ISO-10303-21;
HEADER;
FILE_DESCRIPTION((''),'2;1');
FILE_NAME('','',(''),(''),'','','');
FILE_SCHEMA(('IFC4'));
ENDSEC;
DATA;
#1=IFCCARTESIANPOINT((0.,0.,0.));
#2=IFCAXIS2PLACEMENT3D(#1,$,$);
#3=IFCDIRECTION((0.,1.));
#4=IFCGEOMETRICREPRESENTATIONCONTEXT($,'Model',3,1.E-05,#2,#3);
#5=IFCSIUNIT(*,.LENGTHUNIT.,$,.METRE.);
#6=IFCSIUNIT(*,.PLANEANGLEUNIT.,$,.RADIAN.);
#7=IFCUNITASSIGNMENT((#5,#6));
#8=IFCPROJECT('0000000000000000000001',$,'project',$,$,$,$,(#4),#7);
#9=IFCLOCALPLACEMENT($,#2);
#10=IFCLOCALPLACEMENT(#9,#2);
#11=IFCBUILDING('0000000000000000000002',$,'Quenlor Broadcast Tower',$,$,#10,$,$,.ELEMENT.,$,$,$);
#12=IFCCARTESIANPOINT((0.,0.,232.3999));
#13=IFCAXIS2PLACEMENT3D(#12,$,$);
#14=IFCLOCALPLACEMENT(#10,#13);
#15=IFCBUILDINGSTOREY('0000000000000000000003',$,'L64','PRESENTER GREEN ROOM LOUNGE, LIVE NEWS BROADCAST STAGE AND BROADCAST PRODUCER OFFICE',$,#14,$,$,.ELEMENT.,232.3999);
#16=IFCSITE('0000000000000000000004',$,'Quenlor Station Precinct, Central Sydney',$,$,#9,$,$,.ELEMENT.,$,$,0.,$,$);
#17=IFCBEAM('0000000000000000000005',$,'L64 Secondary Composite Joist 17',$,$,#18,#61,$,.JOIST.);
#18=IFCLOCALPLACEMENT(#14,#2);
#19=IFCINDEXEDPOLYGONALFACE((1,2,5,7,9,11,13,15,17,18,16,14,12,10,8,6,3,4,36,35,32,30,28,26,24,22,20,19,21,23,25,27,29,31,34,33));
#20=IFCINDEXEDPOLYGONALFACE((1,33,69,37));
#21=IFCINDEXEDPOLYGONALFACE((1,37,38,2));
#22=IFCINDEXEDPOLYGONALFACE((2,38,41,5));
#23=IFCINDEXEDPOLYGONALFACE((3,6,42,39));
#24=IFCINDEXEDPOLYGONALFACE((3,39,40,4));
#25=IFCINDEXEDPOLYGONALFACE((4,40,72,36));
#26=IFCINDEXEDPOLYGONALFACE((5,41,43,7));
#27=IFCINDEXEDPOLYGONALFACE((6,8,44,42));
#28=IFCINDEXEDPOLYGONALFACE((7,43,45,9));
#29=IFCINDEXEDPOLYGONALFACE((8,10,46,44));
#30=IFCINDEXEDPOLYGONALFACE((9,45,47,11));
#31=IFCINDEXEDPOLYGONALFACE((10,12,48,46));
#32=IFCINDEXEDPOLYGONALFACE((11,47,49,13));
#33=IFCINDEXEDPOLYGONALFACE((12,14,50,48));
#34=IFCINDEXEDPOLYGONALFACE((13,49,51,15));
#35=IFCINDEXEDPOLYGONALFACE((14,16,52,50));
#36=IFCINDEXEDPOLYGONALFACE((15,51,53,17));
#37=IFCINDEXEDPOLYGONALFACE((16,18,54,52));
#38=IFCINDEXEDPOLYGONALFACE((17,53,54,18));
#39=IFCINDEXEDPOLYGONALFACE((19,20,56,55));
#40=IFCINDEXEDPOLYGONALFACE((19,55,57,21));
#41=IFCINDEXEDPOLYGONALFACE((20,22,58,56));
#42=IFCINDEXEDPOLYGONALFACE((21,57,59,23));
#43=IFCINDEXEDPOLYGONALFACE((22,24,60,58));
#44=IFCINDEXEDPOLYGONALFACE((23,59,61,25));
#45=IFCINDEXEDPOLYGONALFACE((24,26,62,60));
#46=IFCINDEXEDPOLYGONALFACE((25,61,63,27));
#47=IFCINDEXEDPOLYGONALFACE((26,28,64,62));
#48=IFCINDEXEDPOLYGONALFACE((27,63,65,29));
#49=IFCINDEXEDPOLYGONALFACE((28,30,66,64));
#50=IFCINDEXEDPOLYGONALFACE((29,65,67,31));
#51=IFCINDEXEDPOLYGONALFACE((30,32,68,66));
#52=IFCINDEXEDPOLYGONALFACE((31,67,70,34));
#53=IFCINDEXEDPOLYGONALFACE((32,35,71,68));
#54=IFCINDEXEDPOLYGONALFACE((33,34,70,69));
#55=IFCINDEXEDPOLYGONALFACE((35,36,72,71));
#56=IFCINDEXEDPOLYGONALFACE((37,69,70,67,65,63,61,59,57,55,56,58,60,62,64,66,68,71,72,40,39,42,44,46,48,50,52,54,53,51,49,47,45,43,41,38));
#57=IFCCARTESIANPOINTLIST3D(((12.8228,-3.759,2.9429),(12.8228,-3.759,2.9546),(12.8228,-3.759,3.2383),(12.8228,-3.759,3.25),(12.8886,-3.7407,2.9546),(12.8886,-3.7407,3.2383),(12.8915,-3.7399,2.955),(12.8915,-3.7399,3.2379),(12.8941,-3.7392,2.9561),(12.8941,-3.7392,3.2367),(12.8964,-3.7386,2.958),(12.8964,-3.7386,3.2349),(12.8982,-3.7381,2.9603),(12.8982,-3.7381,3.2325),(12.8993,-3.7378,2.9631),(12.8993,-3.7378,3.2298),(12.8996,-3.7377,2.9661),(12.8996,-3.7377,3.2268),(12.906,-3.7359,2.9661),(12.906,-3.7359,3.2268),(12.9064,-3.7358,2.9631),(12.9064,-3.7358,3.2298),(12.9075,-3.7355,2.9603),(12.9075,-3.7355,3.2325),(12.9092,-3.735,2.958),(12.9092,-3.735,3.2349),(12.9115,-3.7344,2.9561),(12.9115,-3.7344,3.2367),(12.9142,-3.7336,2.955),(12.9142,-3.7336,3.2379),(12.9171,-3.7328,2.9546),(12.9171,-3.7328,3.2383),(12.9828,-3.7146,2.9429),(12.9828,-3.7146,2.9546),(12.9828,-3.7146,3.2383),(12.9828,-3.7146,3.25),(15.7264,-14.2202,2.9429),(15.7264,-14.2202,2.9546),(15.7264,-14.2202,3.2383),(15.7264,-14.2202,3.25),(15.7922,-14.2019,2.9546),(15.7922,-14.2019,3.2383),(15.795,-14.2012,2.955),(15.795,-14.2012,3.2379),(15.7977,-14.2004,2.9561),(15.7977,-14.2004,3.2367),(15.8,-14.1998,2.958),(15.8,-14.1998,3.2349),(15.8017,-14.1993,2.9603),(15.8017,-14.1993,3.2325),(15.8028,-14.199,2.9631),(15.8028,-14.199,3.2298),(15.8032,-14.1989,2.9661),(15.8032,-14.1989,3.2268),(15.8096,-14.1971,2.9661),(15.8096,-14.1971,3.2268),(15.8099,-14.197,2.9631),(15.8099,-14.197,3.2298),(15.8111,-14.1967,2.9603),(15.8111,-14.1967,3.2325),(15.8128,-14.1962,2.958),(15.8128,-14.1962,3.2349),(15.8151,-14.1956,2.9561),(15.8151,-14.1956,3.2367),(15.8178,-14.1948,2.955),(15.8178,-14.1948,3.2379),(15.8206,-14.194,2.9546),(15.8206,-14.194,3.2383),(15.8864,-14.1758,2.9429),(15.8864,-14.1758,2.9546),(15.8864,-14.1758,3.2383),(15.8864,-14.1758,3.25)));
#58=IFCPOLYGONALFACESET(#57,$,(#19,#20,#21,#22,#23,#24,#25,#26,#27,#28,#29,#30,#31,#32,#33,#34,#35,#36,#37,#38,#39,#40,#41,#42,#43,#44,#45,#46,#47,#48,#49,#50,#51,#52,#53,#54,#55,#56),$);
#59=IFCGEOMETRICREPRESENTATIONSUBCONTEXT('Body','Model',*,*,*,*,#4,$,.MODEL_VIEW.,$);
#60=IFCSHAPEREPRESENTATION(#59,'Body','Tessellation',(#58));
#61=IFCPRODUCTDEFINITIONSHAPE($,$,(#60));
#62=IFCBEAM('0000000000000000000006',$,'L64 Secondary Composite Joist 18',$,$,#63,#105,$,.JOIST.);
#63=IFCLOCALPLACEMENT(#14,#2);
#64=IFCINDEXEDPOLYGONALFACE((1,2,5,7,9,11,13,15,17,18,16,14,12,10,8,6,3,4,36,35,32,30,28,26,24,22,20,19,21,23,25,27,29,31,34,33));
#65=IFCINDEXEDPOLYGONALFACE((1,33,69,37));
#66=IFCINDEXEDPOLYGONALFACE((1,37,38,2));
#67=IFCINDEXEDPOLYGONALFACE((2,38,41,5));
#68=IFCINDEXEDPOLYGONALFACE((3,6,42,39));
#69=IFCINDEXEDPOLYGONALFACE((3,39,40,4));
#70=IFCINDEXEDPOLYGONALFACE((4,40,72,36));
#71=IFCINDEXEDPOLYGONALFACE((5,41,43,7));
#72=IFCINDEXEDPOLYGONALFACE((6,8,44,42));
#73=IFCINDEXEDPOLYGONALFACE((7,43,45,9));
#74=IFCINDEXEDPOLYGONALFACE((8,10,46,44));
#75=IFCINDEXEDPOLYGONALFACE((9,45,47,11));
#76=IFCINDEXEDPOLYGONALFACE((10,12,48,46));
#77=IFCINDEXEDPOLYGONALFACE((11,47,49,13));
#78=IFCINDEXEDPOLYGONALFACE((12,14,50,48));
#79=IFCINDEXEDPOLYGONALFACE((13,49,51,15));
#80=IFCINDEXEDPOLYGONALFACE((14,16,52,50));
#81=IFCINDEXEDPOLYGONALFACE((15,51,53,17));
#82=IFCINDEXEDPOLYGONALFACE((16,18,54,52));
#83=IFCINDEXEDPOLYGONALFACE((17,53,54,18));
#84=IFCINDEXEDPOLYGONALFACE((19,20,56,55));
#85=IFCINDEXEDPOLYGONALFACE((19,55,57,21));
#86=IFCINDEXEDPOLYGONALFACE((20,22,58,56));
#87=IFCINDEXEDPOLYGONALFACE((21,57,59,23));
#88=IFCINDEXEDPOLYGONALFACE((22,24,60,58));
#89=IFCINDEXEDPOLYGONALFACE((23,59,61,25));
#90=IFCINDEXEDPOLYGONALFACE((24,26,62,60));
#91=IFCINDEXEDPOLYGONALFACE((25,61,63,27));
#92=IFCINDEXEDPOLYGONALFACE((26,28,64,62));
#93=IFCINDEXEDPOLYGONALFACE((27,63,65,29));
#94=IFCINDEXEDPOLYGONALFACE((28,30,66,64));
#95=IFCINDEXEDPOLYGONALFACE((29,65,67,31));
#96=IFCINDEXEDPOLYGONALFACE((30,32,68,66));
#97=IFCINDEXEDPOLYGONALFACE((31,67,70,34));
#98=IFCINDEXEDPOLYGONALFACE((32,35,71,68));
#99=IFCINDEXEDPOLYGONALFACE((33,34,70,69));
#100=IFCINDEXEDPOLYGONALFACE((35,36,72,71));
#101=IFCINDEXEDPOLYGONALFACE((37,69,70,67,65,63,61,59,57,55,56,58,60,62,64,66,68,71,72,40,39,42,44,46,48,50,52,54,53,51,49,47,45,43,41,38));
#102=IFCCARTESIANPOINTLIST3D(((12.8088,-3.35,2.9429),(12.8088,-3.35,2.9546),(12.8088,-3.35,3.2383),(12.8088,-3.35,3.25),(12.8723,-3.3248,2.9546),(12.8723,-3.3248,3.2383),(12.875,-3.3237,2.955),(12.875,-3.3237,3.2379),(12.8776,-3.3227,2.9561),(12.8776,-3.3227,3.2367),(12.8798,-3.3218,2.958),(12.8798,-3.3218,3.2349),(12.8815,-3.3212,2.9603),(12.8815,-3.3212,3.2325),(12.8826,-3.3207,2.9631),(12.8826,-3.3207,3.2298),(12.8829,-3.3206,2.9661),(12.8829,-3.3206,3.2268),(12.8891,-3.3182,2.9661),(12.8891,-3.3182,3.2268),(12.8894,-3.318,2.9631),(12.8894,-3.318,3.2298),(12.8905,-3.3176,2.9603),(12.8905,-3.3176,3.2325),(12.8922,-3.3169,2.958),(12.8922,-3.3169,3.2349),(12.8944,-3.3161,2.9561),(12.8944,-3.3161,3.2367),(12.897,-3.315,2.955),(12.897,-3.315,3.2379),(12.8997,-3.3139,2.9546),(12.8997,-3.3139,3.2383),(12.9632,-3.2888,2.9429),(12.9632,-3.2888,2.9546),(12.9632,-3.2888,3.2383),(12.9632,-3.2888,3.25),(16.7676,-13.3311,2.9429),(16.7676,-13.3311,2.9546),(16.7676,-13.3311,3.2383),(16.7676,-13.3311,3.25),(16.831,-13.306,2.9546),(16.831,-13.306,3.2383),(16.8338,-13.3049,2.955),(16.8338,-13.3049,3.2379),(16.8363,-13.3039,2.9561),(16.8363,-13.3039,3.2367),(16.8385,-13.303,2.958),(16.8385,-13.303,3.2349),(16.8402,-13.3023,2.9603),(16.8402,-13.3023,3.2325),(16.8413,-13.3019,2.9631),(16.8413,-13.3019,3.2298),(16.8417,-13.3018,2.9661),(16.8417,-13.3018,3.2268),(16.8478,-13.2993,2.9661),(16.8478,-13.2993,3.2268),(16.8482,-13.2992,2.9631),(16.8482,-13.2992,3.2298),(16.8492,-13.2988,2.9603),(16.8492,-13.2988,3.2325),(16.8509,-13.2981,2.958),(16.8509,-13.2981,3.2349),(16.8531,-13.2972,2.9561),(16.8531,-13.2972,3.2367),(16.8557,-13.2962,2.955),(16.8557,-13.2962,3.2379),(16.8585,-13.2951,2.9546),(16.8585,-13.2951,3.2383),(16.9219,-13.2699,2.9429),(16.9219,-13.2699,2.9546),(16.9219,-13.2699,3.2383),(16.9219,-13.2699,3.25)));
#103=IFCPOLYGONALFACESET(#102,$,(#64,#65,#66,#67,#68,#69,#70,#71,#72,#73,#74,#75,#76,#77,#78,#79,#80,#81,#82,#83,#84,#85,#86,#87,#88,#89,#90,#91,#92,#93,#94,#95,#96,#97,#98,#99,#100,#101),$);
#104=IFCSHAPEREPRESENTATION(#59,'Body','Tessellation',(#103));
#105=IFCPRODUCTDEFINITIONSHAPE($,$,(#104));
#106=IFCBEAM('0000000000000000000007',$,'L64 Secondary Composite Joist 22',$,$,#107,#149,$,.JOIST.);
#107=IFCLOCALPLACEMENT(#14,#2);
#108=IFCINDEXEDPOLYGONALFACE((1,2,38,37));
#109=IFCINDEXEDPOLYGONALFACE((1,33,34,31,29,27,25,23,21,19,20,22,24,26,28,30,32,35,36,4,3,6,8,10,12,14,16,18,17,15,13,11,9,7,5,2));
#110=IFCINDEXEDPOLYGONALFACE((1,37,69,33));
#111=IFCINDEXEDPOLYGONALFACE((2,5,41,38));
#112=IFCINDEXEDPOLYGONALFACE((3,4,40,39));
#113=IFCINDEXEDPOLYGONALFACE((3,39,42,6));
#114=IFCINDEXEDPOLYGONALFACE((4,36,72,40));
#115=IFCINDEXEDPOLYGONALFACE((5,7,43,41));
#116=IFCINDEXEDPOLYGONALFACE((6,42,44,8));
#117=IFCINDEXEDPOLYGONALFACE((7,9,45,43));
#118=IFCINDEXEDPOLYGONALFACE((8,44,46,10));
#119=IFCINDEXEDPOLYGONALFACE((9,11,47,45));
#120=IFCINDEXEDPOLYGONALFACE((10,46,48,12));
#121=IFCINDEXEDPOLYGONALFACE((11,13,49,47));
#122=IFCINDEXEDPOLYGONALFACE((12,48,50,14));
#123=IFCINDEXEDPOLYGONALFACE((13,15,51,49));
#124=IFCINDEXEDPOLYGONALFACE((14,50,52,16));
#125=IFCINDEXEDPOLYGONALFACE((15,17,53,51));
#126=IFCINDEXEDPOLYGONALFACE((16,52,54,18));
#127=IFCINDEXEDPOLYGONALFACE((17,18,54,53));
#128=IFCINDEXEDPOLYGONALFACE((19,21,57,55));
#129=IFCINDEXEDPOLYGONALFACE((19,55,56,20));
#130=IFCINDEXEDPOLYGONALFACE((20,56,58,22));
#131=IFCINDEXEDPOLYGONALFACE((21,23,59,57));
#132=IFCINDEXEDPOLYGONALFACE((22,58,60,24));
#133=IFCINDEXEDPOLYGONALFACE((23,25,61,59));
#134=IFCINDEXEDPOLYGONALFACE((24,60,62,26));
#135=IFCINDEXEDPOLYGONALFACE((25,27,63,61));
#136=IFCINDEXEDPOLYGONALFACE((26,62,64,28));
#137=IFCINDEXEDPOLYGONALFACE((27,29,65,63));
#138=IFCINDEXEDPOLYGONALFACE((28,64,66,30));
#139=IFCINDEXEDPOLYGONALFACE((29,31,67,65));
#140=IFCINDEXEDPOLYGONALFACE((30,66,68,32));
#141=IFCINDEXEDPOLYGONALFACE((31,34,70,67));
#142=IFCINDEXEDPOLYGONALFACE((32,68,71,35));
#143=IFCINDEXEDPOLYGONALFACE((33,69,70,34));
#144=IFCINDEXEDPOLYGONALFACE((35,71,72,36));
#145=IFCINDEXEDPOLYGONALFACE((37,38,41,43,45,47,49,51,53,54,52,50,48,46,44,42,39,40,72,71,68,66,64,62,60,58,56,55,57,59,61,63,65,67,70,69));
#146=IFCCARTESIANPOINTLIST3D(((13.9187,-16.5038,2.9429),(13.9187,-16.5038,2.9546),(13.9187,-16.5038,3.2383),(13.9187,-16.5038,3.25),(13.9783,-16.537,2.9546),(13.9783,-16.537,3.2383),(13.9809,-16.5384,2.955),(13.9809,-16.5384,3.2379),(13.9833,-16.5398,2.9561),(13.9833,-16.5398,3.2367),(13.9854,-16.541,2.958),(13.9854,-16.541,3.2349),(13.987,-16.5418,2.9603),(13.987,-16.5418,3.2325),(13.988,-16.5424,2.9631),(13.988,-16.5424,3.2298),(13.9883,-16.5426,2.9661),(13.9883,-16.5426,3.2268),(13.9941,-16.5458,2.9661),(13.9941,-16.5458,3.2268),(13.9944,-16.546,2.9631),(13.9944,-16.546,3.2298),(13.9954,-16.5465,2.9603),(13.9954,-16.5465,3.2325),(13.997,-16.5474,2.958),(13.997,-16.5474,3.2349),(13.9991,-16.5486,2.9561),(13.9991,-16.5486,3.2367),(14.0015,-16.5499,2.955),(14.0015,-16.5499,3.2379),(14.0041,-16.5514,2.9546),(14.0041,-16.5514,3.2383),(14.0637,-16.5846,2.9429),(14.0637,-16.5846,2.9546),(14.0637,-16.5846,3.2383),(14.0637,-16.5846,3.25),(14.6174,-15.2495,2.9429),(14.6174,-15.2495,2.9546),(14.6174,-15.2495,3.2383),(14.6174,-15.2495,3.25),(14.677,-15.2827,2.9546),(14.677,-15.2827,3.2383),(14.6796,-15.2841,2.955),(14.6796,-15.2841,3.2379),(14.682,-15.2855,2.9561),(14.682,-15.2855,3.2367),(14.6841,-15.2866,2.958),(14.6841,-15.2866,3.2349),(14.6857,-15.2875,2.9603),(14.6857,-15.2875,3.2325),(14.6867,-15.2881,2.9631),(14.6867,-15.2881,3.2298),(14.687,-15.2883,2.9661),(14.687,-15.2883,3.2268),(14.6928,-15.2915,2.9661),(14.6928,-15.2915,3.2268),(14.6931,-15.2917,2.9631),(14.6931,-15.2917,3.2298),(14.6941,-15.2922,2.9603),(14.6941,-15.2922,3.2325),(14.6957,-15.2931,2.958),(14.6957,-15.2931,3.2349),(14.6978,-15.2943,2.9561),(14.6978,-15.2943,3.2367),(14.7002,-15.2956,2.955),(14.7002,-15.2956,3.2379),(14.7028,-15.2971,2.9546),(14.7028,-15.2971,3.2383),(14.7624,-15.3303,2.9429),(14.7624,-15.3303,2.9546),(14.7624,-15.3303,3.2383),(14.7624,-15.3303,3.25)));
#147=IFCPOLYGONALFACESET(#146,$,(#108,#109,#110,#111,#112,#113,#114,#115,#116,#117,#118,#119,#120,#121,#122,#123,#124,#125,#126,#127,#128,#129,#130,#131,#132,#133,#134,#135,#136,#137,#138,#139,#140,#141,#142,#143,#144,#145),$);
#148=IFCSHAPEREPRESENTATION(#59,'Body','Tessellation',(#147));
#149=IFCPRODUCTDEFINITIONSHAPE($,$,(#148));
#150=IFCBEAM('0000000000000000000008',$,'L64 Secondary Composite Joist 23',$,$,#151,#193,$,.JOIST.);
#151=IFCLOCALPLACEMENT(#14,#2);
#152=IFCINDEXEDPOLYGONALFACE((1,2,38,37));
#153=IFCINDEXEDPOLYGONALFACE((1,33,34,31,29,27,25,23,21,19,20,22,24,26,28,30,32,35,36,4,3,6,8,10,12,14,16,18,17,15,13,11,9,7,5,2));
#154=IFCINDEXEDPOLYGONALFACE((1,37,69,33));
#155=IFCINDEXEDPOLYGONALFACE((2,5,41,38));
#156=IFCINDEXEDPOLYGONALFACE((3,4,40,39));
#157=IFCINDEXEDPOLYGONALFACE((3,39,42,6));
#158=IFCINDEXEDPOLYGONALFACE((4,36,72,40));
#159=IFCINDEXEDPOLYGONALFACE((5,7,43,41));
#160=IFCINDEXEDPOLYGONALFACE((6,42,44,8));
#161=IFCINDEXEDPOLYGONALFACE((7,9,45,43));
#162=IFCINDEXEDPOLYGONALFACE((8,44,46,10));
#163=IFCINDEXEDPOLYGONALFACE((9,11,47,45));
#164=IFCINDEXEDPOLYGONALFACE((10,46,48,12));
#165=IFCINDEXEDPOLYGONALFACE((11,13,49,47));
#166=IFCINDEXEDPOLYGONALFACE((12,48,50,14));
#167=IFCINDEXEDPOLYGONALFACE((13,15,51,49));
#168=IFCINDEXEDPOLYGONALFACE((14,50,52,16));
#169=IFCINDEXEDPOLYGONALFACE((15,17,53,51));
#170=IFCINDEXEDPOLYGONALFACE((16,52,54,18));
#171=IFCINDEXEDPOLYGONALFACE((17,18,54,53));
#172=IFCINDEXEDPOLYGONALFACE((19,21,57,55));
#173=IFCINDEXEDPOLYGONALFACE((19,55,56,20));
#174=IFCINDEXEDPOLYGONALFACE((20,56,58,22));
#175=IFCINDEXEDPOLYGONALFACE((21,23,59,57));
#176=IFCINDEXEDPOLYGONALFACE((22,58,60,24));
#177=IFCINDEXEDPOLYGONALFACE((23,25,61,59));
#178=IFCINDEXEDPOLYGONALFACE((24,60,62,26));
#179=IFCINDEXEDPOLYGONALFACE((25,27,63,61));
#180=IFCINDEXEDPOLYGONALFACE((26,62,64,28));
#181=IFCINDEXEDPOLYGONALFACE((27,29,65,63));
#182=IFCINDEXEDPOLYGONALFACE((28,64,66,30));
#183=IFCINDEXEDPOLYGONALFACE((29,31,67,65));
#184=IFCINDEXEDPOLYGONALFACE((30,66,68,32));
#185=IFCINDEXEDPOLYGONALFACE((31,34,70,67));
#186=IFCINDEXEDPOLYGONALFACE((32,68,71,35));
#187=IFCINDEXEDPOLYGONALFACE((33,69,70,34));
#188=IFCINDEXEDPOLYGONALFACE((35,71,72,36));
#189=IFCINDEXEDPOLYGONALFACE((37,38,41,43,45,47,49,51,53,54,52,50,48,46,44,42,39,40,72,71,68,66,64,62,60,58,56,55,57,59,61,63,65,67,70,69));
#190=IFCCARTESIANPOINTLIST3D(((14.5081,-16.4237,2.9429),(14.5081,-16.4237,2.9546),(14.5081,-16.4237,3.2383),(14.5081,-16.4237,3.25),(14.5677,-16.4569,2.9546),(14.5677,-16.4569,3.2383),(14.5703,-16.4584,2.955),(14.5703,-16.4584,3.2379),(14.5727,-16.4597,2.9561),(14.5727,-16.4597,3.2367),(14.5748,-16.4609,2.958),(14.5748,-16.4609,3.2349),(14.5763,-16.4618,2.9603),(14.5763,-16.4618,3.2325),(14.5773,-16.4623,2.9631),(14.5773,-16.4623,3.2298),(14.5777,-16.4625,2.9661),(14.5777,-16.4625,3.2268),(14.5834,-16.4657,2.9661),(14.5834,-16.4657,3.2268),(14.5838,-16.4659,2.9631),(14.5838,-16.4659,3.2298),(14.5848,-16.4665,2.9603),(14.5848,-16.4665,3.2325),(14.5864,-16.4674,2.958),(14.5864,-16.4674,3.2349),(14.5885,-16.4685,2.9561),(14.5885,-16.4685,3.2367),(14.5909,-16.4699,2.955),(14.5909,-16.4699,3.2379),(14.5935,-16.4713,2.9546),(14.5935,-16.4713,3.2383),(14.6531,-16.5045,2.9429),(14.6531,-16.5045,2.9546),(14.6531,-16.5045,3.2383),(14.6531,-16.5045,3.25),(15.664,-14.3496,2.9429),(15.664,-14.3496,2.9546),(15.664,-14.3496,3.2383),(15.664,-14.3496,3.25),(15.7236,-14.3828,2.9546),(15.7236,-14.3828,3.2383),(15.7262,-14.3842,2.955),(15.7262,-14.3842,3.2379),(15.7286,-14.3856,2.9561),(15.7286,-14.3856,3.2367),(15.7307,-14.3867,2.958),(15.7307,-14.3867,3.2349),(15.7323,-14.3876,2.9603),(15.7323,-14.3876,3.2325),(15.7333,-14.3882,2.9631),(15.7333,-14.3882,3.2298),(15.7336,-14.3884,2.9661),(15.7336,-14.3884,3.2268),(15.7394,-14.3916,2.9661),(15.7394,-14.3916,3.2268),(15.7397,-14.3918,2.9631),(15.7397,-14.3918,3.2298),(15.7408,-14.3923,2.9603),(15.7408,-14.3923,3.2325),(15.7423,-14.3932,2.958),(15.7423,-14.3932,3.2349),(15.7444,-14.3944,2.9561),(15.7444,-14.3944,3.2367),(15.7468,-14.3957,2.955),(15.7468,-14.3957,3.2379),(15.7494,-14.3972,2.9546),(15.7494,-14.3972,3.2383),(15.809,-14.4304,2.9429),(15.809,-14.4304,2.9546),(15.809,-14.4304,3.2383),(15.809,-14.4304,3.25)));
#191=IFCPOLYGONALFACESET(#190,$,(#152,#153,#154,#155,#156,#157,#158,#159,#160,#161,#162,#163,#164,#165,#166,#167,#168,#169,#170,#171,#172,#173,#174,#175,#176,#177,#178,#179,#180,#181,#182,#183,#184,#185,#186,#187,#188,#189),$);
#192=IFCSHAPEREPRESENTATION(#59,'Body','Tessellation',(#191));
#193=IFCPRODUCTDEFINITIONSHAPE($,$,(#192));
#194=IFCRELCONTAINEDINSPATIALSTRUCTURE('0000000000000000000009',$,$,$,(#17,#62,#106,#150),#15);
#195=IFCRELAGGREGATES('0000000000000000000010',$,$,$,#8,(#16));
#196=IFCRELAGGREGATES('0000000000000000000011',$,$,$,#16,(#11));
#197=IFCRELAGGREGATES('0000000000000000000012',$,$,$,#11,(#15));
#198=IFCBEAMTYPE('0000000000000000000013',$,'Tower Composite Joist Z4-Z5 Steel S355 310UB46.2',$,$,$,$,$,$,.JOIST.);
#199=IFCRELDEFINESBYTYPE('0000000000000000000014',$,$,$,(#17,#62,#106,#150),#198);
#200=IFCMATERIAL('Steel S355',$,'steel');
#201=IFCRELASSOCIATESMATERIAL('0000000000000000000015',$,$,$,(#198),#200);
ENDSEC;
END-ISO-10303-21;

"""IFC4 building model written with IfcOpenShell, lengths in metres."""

from ifc_helpers import new_model, si_unit, direction, frame, origin, origin_2d, place, context, subcontext, project, spatial, i_section, extrude, material, material_profile, profile_set, type_object, element, save


model = new_model("IFC4")

# Units and contexts
model_context = context("Model", 3, precision=1e-05, world=origin(), true_north=direction((0.0, 1.0)))
body_context = subcontext(model_context, "Body", "Model", "MODEL_VIEW")
ifc_project = project(units=[si_unit("LENGTHUNIT", "METRE"), si_unit("PLANEANGLEUNIT", "RADIAN")], contexts=[model_context])

# Site, building, storey
site_placement = place(None, origin())
site = spatial("IfcSite", under=ifc_project, at=site_placement, Name="Quenlor Station Precinct, Central Sydney", CompositionType="ELEMENT", RefElevation=0.0)
building_placement = place(site_placement, origin())
building = spatial("IfcBuilding", under=site, at=building_placement, Name="Quenlor Broadcast Tower", CompositionType="ELEMENT")
storey_placement = place(building_placement, frame((0.0, 0.0, 232.3999)))
storey = spatial("IfcBuildingStorey", under=building, at=storey_placement, Name="L64", Description="PRESENTER GREEN ROOM LOUNGE, LIVE NEWS BROADCAST STAGE AND BROADCAST PRODUCER OFFICE", CompositionType="ELEMENT", Elevation=232.3999)

# Beams
ifc_material_1 = material(Name="Steel S355", Category="steel")
ifc_material_profile_1 = material_profile(ifc_material_1, i_section(OverallWidth=0.166, OverallDepth=0.3071, WebThickness=0.0066, FlangeThickness=0.0117, FilletRadius=0.0115, at=origin_2d()))
ifc_profile_set_1 = profile_set([ifc_material_profile_1], Name="Steel S355 310UB46.2")
beam_type_1 = type_object("IfcBeamType", Name="Tower Composite Joist Z4-Z5 Steel S355 310UB46.2", PredefinedType="JOIST", material=ifc_profile_set_1)
beam_1_placement = place(storey_placement, frame((15.8064, -14.198, 3.0964), z_axis=(-0.267446, 0.963573, 0.0), x_axis=(-0.963573, -0.267446, 0.0)))
element("IfcBeam", 1, at=beam_1_placement, inside=storey, type_object=beam_type_1, Name="L64 Secondary Composite Joist 17", PredefinedType="JOIST", context=body_context, shape_type="SweptSolid", body=[
    extrude(i_section(OverallWidth=0.166, OverallDepth=0.3071, WebThickness=0.0066, FlangeThickness=0.0117, FilletRadius=0.0115, at=origin_2d()), origin(), (0.0, 0.0, 1.0), 10.8567),
])
beam_2_placement = place(storey_placement, frame((16.8447, -13.3005, 3.0964), z_axis=(-0.36868, 0.929556, 0.0), x_axis=(-0.929556, -0.36868, 0.0)))
element("IfcBeam", 2, at=beam_2_placement, inside=storey, type_object=beam_type_1, Name="L64 Secondary Composite Joist 18", PredefinedType="JOIST", context=body_context, shape_type="SweptSolid", body=[
    extrude(i_section(OverallWidth=0.166, OverallDepth=0.3071, WebThickness=0.0066, FlangeThickness=0.0117, FilletRadius=0.0115, at=origin_2d()), origin(), (0.0, 0.0, 1.0), 10.7375),
])
beam_3_placement = place(storey_placement, frame((13.9912, -16.5442, 3.0964), z_axis=(0.486624, 0.873611, 0.0), x_axis=(-0.873611, 0.486624, 0.0)))
element("IfcBeam", 3, at=beam_3_placement, inside=storey, type_object=beam_type_1, Name="L64 Secondary Composite Joist 22", PredefinedType="JOIST", context=body_context, shape_type="SweptSolid", body=[
    extrude(i_section(OverallWidth=0.166, OverallDepth=0.3071, WebThickness=0.0066, FlangeThickness=0.0117, FilletRadius=0.0115, at=origin_2d()), origin(), (0.0, 0.0, 1.0), 1.4358),
])
beam_4_placement = place(storey_placement, frame((14.5806, -16.4641, 3.0964), z_axis=(0.486821, 0.873502, 0.0), x_axis=(-0.873502, 0.486821, 0.0)))
element("IfcBeam", 4, at=beam_4_placement, inside=storey, type_object=beam_type_1, Name="L64 Secondary Composite Joist 23", PredefinedType="JOIST", context=body_context, shape_type="SweptSolid", body=[
    extrude(i_section(OverallWidth=0.166, OverallDepth=0.3071, WebThickness=0.0066, FlangeThickness=0.0117, FilletRadius=0.0115, at=origin_2d()), origin(), (0.0, 0.0, 1.0), 2.3745),
])

save(model, "model.ifc")
